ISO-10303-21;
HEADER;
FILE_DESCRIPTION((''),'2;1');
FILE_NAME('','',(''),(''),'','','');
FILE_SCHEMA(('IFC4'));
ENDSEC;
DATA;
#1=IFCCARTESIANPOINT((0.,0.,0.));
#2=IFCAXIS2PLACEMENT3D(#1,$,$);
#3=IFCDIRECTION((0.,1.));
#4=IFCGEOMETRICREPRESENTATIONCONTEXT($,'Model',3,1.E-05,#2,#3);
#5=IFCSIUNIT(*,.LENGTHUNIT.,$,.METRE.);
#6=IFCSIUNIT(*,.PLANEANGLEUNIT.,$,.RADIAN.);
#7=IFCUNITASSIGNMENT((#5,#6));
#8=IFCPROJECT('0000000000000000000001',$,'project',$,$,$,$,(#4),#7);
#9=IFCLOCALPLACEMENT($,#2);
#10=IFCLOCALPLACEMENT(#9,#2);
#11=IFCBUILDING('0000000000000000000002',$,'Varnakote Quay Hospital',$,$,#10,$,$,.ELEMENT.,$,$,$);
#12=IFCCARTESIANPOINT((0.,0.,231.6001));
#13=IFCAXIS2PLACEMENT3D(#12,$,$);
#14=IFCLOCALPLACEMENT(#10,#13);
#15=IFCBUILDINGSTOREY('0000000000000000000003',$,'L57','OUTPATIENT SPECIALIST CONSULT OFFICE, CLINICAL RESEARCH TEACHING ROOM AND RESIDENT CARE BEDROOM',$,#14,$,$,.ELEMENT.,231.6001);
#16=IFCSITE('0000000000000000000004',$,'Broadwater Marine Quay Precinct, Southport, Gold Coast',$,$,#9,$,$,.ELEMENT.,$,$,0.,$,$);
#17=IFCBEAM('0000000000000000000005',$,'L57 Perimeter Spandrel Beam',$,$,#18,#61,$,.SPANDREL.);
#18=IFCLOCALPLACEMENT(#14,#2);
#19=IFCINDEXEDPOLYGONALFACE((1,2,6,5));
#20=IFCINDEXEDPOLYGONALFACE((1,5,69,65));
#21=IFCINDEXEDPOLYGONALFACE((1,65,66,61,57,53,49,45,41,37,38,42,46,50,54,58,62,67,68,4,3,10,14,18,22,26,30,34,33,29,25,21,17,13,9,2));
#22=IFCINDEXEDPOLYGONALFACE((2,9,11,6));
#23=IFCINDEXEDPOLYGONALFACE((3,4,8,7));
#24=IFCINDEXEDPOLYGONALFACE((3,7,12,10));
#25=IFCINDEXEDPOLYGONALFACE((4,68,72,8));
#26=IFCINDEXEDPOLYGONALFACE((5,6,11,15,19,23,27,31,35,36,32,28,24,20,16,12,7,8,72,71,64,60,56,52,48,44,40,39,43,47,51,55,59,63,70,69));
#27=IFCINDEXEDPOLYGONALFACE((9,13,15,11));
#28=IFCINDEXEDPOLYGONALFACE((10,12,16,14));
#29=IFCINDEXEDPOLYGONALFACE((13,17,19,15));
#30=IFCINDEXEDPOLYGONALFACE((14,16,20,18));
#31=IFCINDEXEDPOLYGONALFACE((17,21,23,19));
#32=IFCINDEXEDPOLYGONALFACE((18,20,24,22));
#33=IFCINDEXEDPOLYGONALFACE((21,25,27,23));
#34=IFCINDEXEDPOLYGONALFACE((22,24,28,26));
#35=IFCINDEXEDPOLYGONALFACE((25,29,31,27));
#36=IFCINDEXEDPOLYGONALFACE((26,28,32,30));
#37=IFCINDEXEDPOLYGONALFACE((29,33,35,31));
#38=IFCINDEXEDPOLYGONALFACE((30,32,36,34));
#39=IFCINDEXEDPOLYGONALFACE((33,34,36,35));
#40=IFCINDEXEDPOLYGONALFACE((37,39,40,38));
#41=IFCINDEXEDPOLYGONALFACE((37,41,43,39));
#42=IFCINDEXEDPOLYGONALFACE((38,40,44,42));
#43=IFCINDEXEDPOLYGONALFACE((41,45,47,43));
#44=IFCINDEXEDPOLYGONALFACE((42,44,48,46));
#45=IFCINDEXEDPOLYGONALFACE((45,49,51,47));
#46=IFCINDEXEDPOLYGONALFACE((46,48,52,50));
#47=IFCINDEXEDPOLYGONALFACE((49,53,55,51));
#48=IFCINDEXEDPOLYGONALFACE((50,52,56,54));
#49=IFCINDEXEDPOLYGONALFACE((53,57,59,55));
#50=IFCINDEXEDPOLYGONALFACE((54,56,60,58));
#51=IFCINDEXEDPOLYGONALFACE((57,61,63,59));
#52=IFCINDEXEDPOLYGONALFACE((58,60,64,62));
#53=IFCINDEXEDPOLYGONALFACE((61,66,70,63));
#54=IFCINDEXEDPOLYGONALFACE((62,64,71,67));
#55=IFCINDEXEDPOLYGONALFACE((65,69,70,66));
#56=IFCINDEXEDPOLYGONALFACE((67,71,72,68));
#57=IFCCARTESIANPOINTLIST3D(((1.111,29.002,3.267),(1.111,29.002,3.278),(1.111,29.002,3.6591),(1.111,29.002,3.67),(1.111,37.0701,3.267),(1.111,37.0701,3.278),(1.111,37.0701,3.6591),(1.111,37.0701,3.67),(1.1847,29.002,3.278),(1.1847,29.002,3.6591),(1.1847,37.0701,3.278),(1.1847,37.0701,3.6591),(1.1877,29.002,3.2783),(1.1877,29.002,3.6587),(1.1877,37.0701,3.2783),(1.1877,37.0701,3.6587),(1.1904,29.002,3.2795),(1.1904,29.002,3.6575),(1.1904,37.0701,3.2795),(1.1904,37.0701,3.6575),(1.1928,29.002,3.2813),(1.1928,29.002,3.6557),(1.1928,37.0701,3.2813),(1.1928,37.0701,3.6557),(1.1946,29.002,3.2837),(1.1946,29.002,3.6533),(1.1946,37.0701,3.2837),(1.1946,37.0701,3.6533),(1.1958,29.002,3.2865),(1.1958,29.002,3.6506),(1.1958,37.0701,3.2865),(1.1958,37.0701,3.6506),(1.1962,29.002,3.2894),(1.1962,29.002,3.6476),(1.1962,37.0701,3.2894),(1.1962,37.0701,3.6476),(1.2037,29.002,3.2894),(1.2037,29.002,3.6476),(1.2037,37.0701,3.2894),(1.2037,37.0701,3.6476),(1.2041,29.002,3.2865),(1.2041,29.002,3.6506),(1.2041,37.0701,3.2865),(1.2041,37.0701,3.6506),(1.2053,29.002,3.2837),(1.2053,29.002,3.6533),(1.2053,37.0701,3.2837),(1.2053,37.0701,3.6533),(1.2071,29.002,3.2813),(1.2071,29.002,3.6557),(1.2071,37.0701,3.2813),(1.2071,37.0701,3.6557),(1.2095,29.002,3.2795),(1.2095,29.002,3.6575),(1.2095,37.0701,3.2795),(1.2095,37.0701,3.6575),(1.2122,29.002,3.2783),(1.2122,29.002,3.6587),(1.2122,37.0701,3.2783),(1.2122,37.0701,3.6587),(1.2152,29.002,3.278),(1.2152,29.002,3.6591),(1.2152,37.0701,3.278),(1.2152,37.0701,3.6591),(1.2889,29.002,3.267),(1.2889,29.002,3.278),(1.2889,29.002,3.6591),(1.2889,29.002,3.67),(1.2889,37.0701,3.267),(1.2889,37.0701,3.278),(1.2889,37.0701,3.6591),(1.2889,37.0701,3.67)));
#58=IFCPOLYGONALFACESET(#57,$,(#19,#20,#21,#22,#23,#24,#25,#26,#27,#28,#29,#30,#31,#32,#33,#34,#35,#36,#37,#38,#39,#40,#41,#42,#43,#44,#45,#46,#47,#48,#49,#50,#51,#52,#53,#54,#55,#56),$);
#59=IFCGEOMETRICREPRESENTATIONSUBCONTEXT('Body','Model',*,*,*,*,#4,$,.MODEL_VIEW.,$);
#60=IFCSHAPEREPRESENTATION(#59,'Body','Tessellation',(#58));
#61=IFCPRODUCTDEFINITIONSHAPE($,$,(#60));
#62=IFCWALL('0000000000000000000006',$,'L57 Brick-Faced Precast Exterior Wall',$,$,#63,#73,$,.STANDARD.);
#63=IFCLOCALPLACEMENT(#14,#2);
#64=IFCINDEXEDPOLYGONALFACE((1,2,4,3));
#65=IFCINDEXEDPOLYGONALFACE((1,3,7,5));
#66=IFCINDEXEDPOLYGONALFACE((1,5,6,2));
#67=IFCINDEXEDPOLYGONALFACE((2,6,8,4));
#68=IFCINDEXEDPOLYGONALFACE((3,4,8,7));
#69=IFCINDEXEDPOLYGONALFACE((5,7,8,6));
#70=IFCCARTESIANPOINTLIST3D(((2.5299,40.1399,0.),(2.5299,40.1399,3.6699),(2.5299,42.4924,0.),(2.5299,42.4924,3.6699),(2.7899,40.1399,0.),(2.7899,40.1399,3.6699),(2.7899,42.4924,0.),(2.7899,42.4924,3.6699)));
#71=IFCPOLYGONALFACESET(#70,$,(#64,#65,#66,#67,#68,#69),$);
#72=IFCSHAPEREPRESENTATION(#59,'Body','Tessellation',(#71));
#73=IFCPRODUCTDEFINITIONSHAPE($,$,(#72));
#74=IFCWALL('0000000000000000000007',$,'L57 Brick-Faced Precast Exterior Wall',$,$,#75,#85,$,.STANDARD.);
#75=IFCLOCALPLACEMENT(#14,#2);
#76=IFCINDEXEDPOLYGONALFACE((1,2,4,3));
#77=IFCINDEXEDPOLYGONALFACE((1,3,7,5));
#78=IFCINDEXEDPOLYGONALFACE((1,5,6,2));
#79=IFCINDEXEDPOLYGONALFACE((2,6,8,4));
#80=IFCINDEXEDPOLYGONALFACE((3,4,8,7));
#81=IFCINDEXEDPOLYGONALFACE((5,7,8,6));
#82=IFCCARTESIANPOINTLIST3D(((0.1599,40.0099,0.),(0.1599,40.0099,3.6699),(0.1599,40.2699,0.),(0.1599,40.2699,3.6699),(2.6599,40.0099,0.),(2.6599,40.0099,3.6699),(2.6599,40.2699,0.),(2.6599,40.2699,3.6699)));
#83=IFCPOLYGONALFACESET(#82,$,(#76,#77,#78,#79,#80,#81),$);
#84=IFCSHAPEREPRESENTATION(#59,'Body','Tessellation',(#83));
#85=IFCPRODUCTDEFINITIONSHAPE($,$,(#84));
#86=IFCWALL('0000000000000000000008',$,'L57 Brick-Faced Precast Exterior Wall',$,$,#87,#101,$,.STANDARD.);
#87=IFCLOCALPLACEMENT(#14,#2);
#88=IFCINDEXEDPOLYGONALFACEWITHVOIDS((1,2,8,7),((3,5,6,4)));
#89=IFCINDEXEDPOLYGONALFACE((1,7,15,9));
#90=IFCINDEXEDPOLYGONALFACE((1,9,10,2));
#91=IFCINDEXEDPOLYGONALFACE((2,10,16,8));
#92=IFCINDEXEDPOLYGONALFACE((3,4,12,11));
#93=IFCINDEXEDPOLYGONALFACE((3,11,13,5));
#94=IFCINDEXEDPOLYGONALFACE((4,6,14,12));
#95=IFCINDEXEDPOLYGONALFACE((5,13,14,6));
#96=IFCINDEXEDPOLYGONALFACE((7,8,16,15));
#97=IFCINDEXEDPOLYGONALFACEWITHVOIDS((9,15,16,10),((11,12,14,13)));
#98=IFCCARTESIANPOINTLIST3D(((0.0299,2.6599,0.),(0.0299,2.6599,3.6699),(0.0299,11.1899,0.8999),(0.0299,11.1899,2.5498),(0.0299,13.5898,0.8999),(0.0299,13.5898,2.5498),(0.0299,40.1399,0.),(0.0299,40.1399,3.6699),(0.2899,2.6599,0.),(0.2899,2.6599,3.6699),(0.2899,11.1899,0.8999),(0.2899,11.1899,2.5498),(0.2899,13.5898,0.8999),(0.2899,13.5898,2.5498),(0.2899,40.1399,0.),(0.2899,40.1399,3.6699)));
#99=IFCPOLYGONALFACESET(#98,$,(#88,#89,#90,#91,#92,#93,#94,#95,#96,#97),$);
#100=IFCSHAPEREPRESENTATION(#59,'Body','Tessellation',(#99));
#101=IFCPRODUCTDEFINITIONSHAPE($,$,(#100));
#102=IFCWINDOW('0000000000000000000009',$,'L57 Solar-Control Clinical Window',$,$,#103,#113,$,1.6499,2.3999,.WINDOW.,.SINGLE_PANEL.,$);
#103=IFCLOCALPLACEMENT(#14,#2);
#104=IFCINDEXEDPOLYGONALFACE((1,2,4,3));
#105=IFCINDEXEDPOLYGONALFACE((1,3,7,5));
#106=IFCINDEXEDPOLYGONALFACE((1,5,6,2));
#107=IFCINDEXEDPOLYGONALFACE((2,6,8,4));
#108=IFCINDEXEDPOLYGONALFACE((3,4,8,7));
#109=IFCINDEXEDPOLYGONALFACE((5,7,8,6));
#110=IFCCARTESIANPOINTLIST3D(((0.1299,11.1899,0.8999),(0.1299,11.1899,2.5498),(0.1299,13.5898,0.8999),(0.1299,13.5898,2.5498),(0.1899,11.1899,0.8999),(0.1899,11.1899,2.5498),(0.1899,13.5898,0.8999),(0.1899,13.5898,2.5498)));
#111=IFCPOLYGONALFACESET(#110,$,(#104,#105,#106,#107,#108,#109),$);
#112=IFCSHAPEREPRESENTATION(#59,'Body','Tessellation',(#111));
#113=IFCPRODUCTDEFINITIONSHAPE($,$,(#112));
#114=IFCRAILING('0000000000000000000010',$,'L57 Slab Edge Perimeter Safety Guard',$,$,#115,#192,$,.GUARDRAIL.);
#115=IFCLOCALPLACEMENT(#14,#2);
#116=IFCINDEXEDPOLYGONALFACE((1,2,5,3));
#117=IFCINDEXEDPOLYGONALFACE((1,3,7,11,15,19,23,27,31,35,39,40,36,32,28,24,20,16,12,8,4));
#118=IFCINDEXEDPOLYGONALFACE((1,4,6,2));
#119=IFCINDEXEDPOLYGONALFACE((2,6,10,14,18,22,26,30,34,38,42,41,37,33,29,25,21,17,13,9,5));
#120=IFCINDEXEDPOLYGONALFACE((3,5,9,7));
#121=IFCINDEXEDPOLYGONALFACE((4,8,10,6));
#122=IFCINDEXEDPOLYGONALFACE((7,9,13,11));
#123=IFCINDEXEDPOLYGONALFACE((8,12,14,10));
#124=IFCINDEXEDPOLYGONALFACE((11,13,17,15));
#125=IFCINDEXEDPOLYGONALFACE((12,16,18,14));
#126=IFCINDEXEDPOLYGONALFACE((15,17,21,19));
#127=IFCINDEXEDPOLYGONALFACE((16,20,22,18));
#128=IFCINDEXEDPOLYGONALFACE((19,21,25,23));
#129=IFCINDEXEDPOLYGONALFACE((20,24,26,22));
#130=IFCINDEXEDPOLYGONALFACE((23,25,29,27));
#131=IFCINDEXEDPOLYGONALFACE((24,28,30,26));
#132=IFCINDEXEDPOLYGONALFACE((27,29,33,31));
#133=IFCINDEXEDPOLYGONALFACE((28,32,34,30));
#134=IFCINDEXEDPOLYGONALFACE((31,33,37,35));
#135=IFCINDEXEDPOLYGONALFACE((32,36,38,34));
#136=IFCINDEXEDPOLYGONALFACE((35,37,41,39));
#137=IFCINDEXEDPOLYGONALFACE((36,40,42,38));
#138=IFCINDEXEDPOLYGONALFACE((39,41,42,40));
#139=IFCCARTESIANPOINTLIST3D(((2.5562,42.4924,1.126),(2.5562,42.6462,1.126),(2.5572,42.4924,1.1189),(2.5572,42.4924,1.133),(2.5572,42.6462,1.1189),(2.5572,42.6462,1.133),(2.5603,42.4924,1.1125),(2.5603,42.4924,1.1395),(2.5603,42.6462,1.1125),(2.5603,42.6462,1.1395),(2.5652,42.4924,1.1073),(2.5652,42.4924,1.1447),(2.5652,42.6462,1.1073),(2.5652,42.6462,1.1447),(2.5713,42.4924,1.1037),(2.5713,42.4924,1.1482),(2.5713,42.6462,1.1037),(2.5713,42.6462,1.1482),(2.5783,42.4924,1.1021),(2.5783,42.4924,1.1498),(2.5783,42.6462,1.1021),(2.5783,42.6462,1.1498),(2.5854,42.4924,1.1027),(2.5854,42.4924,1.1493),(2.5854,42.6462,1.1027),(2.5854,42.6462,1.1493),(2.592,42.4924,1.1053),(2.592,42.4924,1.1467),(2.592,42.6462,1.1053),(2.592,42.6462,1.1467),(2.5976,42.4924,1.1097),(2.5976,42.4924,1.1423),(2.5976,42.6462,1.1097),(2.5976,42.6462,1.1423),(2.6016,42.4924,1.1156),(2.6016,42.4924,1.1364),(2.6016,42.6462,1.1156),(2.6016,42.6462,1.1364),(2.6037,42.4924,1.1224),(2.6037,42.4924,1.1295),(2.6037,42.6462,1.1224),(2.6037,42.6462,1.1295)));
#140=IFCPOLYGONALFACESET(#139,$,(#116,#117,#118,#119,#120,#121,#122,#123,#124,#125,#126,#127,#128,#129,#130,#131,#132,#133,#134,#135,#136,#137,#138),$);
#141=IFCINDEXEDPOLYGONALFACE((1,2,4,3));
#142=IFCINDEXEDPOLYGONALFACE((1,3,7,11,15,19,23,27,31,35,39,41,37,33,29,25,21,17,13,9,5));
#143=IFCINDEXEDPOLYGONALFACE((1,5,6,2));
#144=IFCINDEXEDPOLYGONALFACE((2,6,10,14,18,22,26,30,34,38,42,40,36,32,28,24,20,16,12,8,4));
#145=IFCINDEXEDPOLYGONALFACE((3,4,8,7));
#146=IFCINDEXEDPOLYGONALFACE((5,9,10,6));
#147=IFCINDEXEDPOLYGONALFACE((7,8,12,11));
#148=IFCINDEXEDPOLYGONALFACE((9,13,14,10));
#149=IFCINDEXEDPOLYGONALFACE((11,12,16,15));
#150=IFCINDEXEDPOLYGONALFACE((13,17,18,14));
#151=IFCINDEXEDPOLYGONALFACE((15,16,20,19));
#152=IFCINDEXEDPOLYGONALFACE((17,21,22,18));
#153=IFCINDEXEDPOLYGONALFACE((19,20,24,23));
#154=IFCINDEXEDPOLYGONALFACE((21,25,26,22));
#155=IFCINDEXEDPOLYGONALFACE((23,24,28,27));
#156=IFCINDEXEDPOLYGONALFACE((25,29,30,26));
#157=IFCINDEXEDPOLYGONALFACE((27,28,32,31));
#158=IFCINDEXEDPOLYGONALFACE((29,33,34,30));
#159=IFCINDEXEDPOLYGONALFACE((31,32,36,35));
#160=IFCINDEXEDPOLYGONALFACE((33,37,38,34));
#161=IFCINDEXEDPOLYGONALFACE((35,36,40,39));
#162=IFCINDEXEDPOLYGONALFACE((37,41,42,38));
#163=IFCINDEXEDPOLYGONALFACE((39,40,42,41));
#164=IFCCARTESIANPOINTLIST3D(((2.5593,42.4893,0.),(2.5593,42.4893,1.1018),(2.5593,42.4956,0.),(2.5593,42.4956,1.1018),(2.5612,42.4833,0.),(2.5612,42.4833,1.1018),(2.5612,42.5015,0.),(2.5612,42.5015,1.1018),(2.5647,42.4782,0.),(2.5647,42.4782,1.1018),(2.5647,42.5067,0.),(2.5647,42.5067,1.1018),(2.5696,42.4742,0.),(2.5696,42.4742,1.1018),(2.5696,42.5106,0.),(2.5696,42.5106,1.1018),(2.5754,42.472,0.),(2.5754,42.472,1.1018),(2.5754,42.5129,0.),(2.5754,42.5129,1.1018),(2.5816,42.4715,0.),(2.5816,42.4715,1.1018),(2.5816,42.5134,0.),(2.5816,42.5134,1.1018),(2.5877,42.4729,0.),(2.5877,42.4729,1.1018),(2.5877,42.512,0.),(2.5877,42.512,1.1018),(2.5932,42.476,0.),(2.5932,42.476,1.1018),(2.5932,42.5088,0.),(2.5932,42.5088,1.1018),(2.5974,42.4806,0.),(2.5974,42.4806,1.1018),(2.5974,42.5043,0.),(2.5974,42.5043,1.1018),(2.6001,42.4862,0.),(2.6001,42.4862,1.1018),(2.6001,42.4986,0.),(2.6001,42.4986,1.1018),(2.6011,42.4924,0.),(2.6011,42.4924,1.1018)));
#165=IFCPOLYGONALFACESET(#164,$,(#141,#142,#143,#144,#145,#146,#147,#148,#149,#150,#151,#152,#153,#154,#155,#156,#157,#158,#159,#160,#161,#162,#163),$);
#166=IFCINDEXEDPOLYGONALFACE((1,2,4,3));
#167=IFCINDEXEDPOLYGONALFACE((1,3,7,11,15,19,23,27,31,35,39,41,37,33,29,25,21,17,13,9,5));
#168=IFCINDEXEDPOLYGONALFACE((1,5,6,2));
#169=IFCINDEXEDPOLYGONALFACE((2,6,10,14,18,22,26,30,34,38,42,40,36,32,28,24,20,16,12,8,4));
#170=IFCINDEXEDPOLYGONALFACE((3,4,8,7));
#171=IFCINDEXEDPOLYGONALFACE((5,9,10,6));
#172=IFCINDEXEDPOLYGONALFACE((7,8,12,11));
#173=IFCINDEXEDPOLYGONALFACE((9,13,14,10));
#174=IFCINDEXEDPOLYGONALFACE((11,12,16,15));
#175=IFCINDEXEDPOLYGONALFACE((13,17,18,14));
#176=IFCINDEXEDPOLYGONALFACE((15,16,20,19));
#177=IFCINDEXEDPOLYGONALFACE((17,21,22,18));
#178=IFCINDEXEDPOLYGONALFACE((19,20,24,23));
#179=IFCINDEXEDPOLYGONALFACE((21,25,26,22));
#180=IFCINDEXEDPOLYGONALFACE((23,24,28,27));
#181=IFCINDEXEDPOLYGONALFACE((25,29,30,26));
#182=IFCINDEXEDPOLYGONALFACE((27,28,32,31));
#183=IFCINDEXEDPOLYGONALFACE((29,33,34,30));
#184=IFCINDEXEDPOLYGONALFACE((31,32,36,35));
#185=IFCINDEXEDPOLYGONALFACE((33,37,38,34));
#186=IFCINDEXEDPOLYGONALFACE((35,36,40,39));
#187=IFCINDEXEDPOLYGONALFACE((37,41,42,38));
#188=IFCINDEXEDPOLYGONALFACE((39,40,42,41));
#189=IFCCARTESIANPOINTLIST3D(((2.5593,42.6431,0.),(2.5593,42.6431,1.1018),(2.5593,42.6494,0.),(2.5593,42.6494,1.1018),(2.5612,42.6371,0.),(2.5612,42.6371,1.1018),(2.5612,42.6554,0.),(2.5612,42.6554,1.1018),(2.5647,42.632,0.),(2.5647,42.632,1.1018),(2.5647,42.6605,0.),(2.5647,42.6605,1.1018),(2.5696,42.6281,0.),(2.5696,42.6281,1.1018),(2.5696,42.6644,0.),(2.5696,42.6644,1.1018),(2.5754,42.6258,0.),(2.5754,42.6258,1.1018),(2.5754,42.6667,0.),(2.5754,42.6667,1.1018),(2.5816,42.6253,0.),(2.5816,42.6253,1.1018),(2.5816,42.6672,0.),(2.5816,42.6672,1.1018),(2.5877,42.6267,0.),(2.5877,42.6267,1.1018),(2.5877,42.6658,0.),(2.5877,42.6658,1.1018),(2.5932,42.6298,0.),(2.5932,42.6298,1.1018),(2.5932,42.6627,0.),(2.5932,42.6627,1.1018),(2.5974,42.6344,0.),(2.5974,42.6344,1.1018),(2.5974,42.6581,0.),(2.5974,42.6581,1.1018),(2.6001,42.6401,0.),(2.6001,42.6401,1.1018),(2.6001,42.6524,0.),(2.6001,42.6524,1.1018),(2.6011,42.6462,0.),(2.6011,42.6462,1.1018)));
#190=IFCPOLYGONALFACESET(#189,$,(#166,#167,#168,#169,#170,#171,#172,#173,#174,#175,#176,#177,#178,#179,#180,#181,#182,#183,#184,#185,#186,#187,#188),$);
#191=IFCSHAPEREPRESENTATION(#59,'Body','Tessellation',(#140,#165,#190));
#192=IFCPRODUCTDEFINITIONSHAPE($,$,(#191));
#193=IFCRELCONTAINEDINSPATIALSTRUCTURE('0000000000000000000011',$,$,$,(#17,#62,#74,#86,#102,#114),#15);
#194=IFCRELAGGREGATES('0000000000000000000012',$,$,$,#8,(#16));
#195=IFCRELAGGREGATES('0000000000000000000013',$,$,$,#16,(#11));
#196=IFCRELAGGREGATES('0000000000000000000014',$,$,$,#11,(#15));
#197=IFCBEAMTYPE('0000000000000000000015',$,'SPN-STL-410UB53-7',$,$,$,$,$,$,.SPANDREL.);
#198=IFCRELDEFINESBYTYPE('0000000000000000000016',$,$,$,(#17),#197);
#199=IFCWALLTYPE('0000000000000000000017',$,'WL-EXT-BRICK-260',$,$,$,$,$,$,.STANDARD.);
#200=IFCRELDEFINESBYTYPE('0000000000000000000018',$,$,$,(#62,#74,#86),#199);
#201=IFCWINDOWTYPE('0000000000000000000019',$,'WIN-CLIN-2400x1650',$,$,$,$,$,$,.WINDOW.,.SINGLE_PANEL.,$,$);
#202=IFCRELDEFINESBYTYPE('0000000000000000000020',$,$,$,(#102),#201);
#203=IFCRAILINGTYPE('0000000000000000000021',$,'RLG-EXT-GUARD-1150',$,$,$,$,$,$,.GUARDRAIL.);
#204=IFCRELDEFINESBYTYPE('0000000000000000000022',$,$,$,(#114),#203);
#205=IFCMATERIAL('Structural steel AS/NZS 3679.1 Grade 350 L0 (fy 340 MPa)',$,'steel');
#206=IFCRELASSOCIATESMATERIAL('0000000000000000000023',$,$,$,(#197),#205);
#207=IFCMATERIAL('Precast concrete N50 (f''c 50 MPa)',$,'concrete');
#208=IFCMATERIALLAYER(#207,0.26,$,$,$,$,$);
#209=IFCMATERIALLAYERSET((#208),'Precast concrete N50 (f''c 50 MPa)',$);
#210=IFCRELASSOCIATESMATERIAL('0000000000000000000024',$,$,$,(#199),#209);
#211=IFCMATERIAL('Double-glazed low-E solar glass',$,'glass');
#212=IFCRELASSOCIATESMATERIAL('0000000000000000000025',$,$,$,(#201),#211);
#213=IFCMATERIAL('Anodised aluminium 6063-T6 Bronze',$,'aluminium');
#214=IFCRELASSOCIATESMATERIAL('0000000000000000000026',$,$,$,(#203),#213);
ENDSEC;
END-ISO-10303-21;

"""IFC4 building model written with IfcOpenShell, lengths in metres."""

from ifc_helpers import new_model, si_unit, direction, frame, frame_2d, origin, origin_2d, place, context, subcontext, project, spatial, rectangle, circle, i_section, extrude, material, layer, layer_set, material_profile, profile_set, type_object, element, fill, save


model = new_model("IFC4")

# Units and contexts
model_context = context("Model", 3, precision=1e-05, world=origin(), true_north=direction((0.0, 1.0)))
body_context = subcontext(model_context, "Body", "Model", "MODEL_VIEW")
ifc_project = project(units=[si_unit("LENGTHUNIT", "METRE"), si_unit("PLANEANGLEUNIT", "RADIAN")], contexts=[model_context])

# Site, building, storey
site_placement = place(None, origin())
site = spatial("IfcSite", under=ifc_project, at=site_placement, Name="Broadwater Marine Quay Precinct, Southport, Gold Coast", CompositionType="ELEMENT", RefElevation=0.0)
building_placement = place(site_placement, origin())
building = spatial("IfcBuilding", under=site, at=building_placement, Name="Varnakote Quay Hospital", CompositionType="ELEMENT")
storey_placement = place(building_placement, frame((0.0, 0.0, 231.6001)))
storey = spatial("IfcBuildingStorey", under=building, at=storey_placement, Name="L57", Description="OUTPATIENT SPECIALIST CONSULT OFFICE, CLINICAL RESEARCH TEACHING ROOM AND RESIDENT CARE BEDROOM", CompositionType="ELEMENT", Elevation=231.6001)

# Beam
ifc_material_1 = material(Name="Structural steel AS/NZS 3679.1 Grade 350 L0 (fy 340 MPa)", Category="steel")
ifc_material_profile_1 = material_profile(ifc_material_1, i_section(OverallWidth=0.178, OverallDepth=0.4031, WebThickness=0.0076, FlangeThickness=0.011, FilletRadius=0.0115, at=origin_2d()), Name="410UB53.7")
ifc_profile_set_1 = profile_set([ifc_material_profile_1], Name="Structural steel AS/NZS 3679.1 Grade 350 L0 (fy 340 MPa)")
beam_type_1 = type_object("IfcBeamType", Name="SPN-STL-410UB53-7", PredefinedType="SPANDREL", material=ifc_profile_set_1)
beam_1_placement = place(storey_placement, frame((1.2, 29.002, 3.4685), z_axis=(0.0, 1.0, 0.0), x_axis=(-1.0, 0.0, 0.0)))
element("IfcBeam", 1, at=beam_1_placement, inside=storey, type_object=beam_type_1, Name="L57 Perimeter Spandrel Beam", PredefinedType="SPANDREL", context=body_context, shape_type="SweptSolid", body=[
    extrude(i_section(OverallWidth=0.178, OverallDepth=0.4031, WebThickness=0.0076, FlangeThickness=0.011, FilletRadius=0.0115, at=origin_2d()), origin(), (0.0, 0.0, 1.0), 8.0681),
])

# Walls
ifc_material_2 = material(Name="Precast concrete N50 (f'c 50 MPa)", Category="concrete")
ifc_layer = layer(ifc_material_2, 0.26)
ifc_layer_set = layer_set([ifc_layer], Name="Precast concrete N50 (f'c 50 MPa)")
wall_type = type_object("IfcWallType", Name="WL-EXT-BRICK-260", PredefinedType="STANDARD", material=ifc_layer_set)
wall_1_placement = place(storey_placement, frame((2.6599, 42.4924, 0.0), z_axis=(0.0, 0.0, 1.0), x_axis=(0.0, -1.0, 0.0)))
element("IfcWall", 2, at=wall_1_placement, inside=storey, type_object=wall_type, Name="L57 Brick-Faced Precast Exterior Wall", PredefinedType="STANDARD", context=body_context, shape_type="SweptSolid", body=[
    extrude(rectangle(XDim=2.3525, YDim=0.26, at=frame_2d((1.1763, 0.0))), origin(), (0.0, 0.0, 1.0), 3.6699),
])
wall_2_placement = place(storey_placement, frame((2.6599, 40.1399, 0.0), z_axis=(0.0, 0.0, 1.0), x_axis=(-1.0, 0.0, 0.0)))
element("IfcWall", 3, at=wall_2_placement, inside=storey, type_object=wall_type, Name="L57 Brick-Faced Precast Exterior Wall", PredefinedType="STANDARD", context=body_context, shape_type="SweptSolid", body=[
    extrude(rectangle(XDim=2.5, YDim=0.26, at=frame_2d((1.25, 0.0))), origin(), (0.0, 0.0, 1.0), 3.6699),
])

# Wall, opening, window
wall_3_placement = place(storey_placement, frame((0.1599, 40.1399, 0.0), z_axis=(0.0, 0.0, 1.0), x_axis=(0.0, -1.0, 0.0)))
wall_3 = element("IfcWall", 4, at=wall_3_placement, inside=storey, type_object=wall_type, Name="L57 Brick-Faced Precast Exterior Wall", PredefinedType="STANDARD", context=body_context, shape_type="SweptSolid", body=[
    extrude(rectangle(XDim=37.48, YDim=0.26, at=frame_2d((18.74, 0.0))), origin(), (0.0, 0.0, 1.0), 3.6699),
])
opening_placement = place(wall_3_placement, frame((26.55, 0.0, 0.8999)))
opening = element("IfcOpeningElement", 5, at=opening_placement, cuts=wall_3, PredefinedType="OPENING", context=body_context, shape_type="SweptSolid", body=[
    extrude(rectangle(XDim=2.3999, YDim=1.6499, at=frame_2d((1.2, 0.825))), frame((0.0, 0.1399, 0.0), z_axis=(0.0, -1.0, 0.0), x_axis=(1.0, 0.0, 0.0)), (0.0, 0.0, 1.0), 0.28),
])
ifc_material_3 = material(Name="Double-glazed low-E solar glass", Category="glass")
window_type = type_object("IfcWindowType", Name="WIN-CLIN-2400x1650", PartitioningType="SINGLE_PANEL", PredefinedType="WINDOW", material=ifc_material_3)
window_placement = place(opening_placement, origin())
window = element("IfcWindow", 6, at=window_placement, inside=storey, type_object=window_type, Name="L57 Solar-Control Clinical Window", OverallHeight=1.6499, OverallWidth=2.3999, PartitioningType="SINGLE_PANEL", PredefinedType="WINDOW", context=body_context, shape_type="SweptSolid", body=[
    extrude(rectangle(XDim=2.3999, YDim=1.6499, at=frame_2d((1.2, 0.825))), frame((0.0, 0.03, 0.0), z_axis=(0.0, -1.0, 0.0), x_axis=(1.0, 0.0, 0.0)), (0.0, 0.0, 1.0), 0.0601),
])
fill(opening, window)

# Railing
ifc_material_4 = material(Name="Anodised aluminium 6063-T6 Bronze", Category="aluminium")
railing_type = type_object("IfcRailingType", Name="RLG-EXT-GUARD-1150", PredefinedType="GUARDRAIL", material=ifc_material_4)
railing_1_placement = place(storey_placement, frame((2.5801, 42.4924, 0.0)))
element("IfcRailing", 7, at=railing_1_placement, inside=storey, type_object=railing_type, Name="L57 Slab Edge Perimeter Safety Guard", PredefinedType="GUARDRAIL", context=body_context, shape_type="SweptSolid", body=[
    extrude(circle(Radius=0.0239, at=origin_2d()), frame((0.0, 0.0, 1.126), z_axis=(0.0, 1.0, 0.0), x_axis=(-1.0, 0.0, 0.0)), (0.0, 0.0, 1.0), 0.1538),
    extrude(circle(Radius=0.021, at=origin_2d()), origin(), (0.0, 0.0, 1.0), 1.1018),
    extrude(circle(Radius=0.021, at=origin_2d()), frame((0.0, 0.1538, 0.0)), (0.0, 0.0, 1.0), 1.1018),
])

save(model, "model.ifc")
